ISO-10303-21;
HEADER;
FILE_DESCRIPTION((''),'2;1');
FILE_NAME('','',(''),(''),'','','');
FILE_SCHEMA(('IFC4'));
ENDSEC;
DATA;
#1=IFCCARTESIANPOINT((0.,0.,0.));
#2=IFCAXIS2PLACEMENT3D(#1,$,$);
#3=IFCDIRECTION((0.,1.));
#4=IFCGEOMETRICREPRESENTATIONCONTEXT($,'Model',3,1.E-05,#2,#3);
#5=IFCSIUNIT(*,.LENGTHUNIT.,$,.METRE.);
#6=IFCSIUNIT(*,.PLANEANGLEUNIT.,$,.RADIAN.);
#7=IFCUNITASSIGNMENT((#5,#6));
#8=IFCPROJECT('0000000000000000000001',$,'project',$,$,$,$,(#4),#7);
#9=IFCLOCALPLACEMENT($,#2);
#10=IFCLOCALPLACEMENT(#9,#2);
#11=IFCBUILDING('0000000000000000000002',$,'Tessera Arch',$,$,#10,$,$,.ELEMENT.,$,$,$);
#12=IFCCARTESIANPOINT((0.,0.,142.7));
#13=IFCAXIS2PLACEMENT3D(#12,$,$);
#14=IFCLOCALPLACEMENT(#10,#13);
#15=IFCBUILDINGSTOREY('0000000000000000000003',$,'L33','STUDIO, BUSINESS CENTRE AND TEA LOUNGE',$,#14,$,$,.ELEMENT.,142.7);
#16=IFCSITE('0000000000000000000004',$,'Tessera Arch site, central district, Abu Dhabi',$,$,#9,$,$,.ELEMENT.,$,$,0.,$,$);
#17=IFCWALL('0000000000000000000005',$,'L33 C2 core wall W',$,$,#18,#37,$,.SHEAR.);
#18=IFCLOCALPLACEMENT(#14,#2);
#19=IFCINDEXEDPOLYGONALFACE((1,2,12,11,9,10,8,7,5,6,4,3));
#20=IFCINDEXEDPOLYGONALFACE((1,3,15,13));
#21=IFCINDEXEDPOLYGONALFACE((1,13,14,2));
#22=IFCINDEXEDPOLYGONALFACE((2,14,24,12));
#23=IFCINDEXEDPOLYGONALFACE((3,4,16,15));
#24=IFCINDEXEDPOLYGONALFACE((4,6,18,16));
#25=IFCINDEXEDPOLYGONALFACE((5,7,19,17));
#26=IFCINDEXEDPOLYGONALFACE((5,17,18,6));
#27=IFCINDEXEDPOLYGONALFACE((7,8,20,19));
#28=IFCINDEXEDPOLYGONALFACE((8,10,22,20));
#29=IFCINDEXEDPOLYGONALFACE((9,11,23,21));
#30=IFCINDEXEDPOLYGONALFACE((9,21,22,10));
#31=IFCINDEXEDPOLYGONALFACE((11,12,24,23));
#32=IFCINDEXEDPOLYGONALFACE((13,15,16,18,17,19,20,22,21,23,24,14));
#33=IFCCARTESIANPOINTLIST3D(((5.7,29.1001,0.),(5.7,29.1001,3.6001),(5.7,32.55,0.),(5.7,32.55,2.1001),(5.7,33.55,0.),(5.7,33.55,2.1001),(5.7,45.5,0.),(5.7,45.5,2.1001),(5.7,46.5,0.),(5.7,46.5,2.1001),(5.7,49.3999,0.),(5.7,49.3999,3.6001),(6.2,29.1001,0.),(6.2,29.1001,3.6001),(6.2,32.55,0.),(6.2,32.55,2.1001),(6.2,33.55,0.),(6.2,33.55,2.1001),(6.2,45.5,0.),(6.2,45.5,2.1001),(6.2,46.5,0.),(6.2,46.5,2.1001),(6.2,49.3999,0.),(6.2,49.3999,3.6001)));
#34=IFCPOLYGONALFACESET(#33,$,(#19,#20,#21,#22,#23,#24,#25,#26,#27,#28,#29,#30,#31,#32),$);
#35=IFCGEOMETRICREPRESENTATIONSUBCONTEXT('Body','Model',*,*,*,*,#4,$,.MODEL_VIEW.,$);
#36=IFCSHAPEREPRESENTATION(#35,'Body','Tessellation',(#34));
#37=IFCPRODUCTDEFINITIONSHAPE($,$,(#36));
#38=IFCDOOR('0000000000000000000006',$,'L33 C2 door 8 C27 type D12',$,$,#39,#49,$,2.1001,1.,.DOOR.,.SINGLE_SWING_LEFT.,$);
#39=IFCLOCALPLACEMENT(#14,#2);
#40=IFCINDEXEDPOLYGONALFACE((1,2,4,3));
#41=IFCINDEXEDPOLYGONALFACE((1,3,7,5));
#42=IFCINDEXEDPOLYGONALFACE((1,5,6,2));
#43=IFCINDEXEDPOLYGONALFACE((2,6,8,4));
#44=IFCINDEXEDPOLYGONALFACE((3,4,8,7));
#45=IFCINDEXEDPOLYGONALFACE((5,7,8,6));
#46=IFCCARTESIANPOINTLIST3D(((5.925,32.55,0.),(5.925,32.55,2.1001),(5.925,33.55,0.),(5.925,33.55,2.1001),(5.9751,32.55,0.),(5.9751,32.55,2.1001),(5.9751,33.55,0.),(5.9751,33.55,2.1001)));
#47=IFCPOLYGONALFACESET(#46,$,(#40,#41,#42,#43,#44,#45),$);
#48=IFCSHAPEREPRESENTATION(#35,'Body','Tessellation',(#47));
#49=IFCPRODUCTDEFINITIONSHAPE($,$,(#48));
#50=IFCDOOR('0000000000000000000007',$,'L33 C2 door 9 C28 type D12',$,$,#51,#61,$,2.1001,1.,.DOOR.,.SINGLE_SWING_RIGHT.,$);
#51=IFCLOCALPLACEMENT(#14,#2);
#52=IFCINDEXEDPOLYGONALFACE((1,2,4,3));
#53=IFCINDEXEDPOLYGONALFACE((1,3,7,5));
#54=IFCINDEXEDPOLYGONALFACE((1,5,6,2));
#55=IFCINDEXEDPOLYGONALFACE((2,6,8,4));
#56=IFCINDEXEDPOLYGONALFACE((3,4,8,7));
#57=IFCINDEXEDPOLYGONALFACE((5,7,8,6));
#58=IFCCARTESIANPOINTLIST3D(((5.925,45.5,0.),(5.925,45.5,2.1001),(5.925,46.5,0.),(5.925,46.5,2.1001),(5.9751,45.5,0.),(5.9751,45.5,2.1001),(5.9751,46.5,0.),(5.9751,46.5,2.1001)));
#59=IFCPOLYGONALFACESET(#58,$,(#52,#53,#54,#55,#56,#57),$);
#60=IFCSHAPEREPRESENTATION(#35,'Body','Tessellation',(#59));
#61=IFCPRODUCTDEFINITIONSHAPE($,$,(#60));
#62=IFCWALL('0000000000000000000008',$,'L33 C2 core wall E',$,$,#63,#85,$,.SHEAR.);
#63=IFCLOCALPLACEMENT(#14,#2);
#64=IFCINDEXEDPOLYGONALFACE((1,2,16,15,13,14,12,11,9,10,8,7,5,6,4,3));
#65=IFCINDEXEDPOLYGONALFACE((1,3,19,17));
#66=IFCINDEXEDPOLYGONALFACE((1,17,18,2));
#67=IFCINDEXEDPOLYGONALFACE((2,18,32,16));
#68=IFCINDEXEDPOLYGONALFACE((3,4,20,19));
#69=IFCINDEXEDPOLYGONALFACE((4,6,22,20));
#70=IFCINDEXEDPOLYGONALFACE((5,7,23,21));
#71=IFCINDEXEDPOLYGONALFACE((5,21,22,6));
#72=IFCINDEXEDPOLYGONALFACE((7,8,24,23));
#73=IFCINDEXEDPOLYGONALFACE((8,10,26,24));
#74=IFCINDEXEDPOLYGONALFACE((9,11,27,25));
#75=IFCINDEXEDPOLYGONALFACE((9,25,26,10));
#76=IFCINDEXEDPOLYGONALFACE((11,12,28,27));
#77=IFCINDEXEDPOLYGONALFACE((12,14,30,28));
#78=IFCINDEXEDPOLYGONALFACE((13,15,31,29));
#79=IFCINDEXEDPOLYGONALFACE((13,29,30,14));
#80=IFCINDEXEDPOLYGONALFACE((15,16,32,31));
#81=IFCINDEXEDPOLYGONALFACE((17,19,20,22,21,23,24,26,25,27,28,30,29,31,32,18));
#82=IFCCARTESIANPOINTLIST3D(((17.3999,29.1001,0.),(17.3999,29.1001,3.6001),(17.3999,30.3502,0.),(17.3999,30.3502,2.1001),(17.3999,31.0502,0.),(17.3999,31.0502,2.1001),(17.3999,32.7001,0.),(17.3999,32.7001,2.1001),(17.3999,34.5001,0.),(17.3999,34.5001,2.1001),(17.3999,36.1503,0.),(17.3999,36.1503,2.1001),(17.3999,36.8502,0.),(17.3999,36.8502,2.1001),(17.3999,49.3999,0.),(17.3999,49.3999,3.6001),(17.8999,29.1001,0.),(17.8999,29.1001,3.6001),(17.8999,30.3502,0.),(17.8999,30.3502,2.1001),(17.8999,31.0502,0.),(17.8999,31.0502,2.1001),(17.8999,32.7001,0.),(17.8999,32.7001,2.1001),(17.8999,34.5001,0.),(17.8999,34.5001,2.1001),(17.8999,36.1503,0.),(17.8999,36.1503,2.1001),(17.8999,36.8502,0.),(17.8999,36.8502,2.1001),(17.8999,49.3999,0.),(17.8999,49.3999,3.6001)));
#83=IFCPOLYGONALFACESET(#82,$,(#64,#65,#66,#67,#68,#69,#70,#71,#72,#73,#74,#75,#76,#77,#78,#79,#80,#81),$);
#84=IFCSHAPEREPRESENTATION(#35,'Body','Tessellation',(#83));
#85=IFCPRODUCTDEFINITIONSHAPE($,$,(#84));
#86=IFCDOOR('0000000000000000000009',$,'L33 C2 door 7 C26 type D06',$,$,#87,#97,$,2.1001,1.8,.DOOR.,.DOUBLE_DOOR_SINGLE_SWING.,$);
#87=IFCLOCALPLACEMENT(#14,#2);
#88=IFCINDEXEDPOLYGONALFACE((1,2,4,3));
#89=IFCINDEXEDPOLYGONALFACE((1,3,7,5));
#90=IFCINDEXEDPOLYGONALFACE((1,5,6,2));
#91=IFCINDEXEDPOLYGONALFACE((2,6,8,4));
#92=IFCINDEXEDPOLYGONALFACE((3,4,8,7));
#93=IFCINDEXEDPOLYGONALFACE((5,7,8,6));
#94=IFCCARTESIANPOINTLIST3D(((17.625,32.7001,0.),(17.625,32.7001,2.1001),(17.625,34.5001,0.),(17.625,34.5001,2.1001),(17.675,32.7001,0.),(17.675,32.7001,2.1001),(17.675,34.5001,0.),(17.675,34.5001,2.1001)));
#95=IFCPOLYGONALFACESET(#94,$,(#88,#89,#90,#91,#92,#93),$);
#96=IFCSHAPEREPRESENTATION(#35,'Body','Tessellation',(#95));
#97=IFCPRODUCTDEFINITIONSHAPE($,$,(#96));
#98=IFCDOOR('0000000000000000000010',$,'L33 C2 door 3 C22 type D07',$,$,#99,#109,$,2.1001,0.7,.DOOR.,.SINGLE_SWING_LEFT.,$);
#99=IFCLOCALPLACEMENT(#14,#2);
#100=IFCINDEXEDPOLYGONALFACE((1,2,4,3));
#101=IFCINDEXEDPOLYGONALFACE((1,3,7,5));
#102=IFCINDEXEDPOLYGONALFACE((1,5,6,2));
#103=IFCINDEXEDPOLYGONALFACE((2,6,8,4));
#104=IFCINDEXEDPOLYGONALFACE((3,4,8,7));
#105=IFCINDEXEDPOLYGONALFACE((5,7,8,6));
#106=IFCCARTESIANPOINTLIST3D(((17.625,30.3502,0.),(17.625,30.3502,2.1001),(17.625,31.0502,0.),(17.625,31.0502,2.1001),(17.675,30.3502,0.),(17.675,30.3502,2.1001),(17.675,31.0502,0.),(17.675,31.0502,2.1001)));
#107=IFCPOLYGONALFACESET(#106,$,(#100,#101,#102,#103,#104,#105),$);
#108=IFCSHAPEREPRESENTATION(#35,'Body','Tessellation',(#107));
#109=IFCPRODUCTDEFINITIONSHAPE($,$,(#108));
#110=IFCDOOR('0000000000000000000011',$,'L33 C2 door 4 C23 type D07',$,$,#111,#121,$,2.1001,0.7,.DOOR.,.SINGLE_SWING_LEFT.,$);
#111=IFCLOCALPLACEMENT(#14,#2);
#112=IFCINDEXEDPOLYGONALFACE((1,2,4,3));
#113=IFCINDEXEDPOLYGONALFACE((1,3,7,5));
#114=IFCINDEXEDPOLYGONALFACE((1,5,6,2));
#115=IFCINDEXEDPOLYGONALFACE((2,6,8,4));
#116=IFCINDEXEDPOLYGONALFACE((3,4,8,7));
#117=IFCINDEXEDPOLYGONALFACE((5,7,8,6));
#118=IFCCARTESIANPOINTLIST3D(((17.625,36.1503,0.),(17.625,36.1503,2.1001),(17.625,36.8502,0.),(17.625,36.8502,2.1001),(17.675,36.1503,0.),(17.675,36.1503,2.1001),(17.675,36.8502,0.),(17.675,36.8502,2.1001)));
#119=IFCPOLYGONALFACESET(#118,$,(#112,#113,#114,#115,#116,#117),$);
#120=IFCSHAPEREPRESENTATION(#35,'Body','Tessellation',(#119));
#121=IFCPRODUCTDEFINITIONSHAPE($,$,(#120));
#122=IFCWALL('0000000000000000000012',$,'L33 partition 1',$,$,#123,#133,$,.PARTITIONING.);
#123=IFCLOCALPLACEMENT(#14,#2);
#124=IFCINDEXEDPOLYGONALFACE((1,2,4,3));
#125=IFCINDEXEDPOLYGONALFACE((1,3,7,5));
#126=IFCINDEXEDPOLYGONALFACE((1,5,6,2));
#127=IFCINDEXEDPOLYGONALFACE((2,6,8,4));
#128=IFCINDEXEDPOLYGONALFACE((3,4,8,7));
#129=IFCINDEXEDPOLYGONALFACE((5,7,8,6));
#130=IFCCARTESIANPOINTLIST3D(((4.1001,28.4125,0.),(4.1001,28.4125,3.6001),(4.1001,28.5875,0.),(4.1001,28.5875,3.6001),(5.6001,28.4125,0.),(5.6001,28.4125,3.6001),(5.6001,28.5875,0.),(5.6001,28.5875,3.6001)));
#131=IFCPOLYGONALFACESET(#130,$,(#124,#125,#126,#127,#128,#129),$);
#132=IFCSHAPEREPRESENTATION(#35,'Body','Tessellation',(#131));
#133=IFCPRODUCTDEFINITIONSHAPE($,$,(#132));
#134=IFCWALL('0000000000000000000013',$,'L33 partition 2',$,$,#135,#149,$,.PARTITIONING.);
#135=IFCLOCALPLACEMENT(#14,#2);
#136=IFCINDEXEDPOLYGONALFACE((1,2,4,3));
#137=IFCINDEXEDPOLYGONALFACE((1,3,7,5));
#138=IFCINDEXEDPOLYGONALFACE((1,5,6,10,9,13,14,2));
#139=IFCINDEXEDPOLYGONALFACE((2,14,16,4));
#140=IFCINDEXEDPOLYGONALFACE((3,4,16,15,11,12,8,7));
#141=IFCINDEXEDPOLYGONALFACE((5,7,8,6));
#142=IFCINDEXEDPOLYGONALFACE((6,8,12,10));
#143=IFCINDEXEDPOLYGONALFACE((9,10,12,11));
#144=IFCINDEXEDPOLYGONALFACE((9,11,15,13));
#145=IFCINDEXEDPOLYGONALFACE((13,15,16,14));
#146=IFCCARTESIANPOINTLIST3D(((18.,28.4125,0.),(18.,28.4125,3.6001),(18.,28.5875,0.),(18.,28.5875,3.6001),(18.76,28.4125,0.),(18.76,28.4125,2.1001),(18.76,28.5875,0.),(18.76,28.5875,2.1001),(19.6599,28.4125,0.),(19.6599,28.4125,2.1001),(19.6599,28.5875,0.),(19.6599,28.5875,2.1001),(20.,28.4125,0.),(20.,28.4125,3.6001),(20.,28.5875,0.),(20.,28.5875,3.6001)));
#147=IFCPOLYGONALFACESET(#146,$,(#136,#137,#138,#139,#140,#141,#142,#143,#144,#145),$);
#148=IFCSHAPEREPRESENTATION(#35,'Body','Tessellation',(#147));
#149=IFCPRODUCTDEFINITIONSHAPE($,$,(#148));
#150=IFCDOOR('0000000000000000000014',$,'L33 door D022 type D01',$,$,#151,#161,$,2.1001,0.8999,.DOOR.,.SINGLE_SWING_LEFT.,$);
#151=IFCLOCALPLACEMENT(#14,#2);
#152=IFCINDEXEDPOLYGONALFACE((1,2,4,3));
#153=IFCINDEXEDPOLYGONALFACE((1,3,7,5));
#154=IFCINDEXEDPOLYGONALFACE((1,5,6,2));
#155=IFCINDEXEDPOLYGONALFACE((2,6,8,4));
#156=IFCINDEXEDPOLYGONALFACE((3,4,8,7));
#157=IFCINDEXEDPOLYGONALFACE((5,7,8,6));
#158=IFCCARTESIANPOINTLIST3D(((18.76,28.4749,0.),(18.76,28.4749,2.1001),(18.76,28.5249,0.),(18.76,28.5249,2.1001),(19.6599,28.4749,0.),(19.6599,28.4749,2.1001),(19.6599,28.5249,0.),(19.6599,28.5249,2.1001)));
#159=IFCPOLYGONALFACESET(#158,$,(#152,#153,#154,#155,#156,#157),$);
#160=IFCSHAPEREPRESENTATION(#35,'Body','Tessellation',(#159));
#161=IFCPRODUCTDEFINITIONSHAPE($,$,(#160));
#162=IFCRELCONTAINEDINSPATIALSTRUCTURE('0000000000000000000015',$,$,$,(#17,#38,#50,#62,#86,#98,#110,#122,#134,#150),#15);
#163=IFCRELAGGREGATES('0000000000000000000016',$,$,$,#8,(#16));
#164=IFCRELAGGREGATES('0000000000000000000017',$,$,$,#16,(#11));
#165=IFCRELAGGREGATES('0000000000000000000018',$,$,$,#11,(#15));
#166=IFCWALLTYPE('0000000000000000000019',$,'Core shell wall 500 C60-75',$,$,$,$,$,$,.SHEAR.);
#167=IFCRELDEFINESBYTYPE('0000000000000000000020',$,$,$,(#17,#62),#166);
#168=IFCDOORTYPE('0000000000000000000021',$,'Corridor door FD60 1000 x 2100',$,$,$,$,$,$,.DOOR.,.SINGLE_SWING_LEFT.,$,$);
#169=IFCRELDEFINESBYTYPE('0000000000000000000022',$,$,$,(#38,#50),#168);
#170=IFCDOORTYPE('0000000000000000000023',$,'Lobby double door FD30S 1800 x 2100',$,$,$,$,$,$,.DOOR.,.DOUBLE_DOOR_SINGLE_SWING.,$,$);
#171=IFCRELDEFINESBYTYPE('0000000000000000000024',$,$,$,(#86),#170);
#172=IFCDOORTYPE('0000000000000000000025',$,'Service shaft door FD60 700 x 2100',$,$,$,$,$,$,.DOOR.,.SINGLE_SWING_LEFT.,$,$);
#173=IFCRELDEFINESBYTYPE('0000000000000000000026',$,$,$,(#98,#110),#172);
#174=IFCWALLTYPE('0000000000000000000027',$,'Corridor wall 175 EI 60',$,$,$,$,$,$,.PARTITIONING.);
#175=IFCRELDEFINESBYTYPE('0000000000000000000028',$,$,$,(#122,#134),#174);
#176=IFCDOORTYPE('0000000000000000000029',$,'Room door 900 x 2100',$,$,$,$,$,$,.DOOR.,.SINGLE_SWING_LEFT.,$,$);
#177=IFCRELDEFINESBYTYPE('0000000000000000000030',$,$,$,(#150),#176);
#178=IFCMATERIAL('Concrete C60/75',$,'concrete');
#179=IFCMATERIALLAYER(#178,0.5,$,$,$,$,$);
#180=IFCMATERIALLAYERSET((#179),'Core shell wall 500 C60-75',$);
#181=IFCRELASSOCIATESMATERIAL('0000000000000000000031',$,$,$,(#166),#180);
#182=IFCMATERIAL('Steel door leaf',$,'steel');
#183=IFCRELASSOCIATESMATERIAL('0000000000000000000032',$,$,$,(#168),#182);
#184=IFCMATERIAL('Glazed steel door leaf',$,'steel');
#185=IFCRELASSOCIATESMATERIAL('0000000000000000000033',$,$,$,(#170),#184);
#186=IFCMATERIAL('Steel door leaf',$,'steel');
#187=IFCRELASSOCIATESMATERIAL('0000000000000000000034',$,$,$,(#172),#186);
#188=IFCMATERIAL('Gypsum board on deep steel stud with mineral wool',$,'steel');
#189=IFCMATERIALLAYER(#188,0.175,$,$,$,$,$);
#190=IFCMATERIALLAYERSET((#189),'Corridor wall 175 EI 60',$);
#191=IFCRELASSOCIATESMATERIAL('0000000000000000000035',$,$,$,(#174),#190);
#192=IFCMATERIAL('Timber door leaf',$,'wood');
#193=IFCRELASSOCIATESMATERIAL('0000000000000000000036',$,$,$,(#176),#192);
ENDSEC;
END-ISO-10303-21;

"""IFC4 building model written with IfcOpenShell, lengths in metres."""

from ifc_helpers import new_model, si_unit, direction, frame, frame_2d, origin, place, context, subcontext, project, spatial, rectangle, extrude, material, layer, layer_set, type_object, element, fill, save


model = new_model("IFC4")

# Units and contexts
model_context = context("Model", 3, precision=1e-05, world=origin(), true_north=direction((0.0, 1.0)))
body_context = subcontext(model_context, "Body", "Model", "MODEL_VIEW")
ifc_project = project(units=[si_unit("LENGTHUNIT", "METRE"), si_unit("PLANEANGLEUNIT", "RADIAN")], contexts=[model_context])

# Site, building, storey
site_placement = place(None, origin())
site = spatial("IfcSite", under=ifc_project, at=site_placement, Name="Tessera Arch site, central district, Abu Dhabi", CompositionType="ELEMENT", RefElevation=0.0)
building_placement = place(site_placement, origin())
building = spatial("IfcBuilding", under=site, at=building_placement, Name="Tessera Arch", CompositionType="ELEMENT")
storey_placement = place(building_placement, frame((0.0, 0.0, 142.7)))
storey = spatial("IfcBuildingStorey", under=building, at=storey_placement, Name="L33", Description="STUDIO, BUSINESS CENTRE AND TEA LOUNGE", CompositionType="ELEMENT", Elevation=142.7)

# Shared definitions
ifc_material_1 = material(Name="Concrete C60/75", Category="concrete")
ifc_layer_1 = layer(ifc_material_1, 0.5)
ifc_layer_set_1 = layer_set([ifc_layer_1], Name="Core shell wall 500 C60-75")
wall_type_1 = type_object("IfcWallType", Name="Core shell wall 500 C60-75", PredefinedType="SHEAR", material=ifc_layer_set_1)

# Walls, openings, doors
wall_1_placement = place(storey_placement, frame((5.95, 29.1001, 0.0), z_axis=(0.0, 0.0, 1.0), x_axis=(0.0, 1.0, 0.0)))
wall_1 = element("IfcWall", 1, at=wall_1_placement, inside=storey, type_object=wall_type_1, Name="L33 C2 core wall W", PredefinedType="SHEAR", context=body_context, shape_type="SweptSolid", body=[
    extrude(rectangle(XDim=20.2998, YDim=0.5, at=frame_2d((10.1499, 0.0))), origin(), (0.0, 0.0, 1.0), 3.6001),
])
opening_1_placement = place(wall_1_placement, frame((3.45, 0.0, 0.0)))
opening_1 = element("IfcOpeningElement", 2, at=opening_1_placement, cuts=wall_1, PredefinedType="OPENING", context=body_context, shape_type="SweptSolid", body=[
    extrude(rectangle(XDim=1.0, YDim=2.1001, at=frame_2d((0.5, 1.05))), frame((0.0, 0.26, 0.0), z_axis=(0.0, -1.0, 0.0), x_axis=(1.0, 0.0, 0.0)), (0.0, 0.0, 1.0), 0.52),
])
opening_2_placement = place(wall_1_placement, frame((16.3999, 0.0, 0.0)))
opening_2 = element("IfcOpeningElement", 3, at=opening_2_placement, cuts=wall_1, PredefinedType="OPENING", context=body_context, shape_type="SweptSolid", body=[
    extrude(rectangle(XDim=1.0, YDim=2.1001, at=frame_2d((0.5, 1.05))), frame((0.0, 0.26, 0.0), z_axis=(0.0, -1.0, 0.0), x_axis=(1.0, 0.0, 0.0)), (0.0, 0.0, 1.0), 0.52),
])
ifc_material_2 = material(Name="Steel door leaf", Category="steel")
door_type_1 = type_object("IfcDoorType", Name="Corridor door FD60 1000 x 2100", OperationType="SINGLE_SWING_LEFT", PredefinedType="DOOR", material=ifc_material_2)
door_1_placement = place(opening_1_placement, origin())
door_1 = element("IfcDoor", 4, at=door_1_placement, inside=storey, type_object=door_type_1, Name="L33 C2 door 8 C27 type D12", OperationType="SINGLE_SWING_LEFT", OverallHeight=2.1001, OverallWidth=1.0, PredefinedType="DOOR", context=body_context, shape_type="SweptSolid", body=[
    extrude(rectangle(XDim=1.0, YDim=2.1001, at=frame_2d((0.5, 1.05))), frame((0.0, 0.0249, 0.0), z_axis=(0.0, -1.0, 0.0), x_axis=(1.0, 0.0, 0.0)), (0.0, 0.0, 1.0), 0.05),
])
fill(opening_1, door_1)
door_2_placement = place(opening_2_placement, origin())
door_2 = element("IfcDoor", 5, at=door_2_placement, inside=storey, type_object=door_type_1, Name="L33 C2 door 9 C28 type D12", OperationType="SINGLE_SWING_RIGHT", OverallHeight=2.1001, OverallWidth=1.0, PredefinedType="DOOR", context=body_context, shape_type="SweptSolid", body=[
    extrude(rectangle(XDim=1.0, YDim=2.1001, at=frame_2d((0.5, 1.05))), frame((0.0, 0.0249, 0.0), z_axis=(0.0, -1.0, 0.0), x_axis=(1.0, 0.0, 0.0)), (0.0, 0.0, 1.0), 0.05),
])
fill(opening_2, door_2)
wall_2_placement = place(storey_placement, frame((17.6499, 29.1001, 0.0), z_axis=(0.0, 0.0, 1.0), x_axis=(0.0, 1.0, 0.0)))
wall_2 = element("IfcWall", 6, at=wall_2_placement, inside=storey, type_object=wall_type_1, Name="L33 C2 core wall E", PredefinedType="SHEAR", context=body_context, shape_type="SweptSolid", body=[
    extrude(rectangle(XDim=20.2998, YDim=0.5, at=frame_2d((10.1499, 0.0))), origin(), (0.0, 0.0, 1.0), 3.6001),
])
opening_3_placement = place(wall_2_placement, frame((1.25, 0.0, 0.0)))
opening_3 = element("IfcOpeningElement", 7, at=opening_3_placement, cuts=wall_2, PredefinedType="OPENING", context=body_context, shape_type="SweptSolid", body=[
    extrude(rectangle(XDim=0.7, YDim=2.1001, at=frame_2d((0.3501, 1.05))), frame((0.0, 0.26, 0.0), z_axis=(0.0, -1.0, 0.0), x_axis=(1.0, 0.0, 0.0)), (0.0, 0.0, 1.0), 0.52),
])
opening_4_placement = place(wall_2_placement, frame((7.05, 0.0, 0.0)))
opening_4 = element("IfcOpeningElement", 8, at=opening_4_placement, cuts=wall_2, PredefinedType="OPENING", context=body_context, shape_type="SweptSolid", body=[
    extrude(rectangle(XDim=0.7, YDim=2.1001, at=frame_2d((0.3501, 1.05))), frame((0.0, 0.26, 0.0), z_axis=(0.0, -1.0, 0.0), x_axis=(1.0, 0.0, 0.0)), (0.0, 0.0, 1.0), 0.52),
])
opening_5_placement = place(wall_2_placement, frame((3.6001, 0.0, 0.0)))
opening_5 = element("IfcOpeningElement", 9, at=opening_5_placement, cuts=wall_2, PredefinedType="OPENING", context=body_context, shape_type="SweptSolid", body=[
    extrude(rectangle(XDim=1.8, YDim=2.1001, at=frame_2d((0.8999, 1.05))), frame((0.0, 0.26, 0.0), z_axis=(0.0, -1.0, 0.0), x_axis=(1.0, 0.0, 0.0)), (0.0, 0.0, 1.0), 0.52),
])
ifc_material_3 = material(Name="Glazed steel door leaf", Category="steel")
door_type_2 = type_object("IfcDoorType", Name="Lobby double door FD30S 1800 x 2100", OperationType="DOUBLE_DOOR_SINGLE_SWING", PredefinedType="DOOR", material=ifc_material_3)
door_3_placement = place(opening_5_placement, origin())
door_3 = element("IfcDoor", 10, at=door_3_placement, inside=storey, type_object=door_type_2, Name="L33 C2 door 7 C26 type D06", OperationType="DOUBLE_DOOR_SINGLE_SWING", OverallHeight=2.1001, OverallWidth=1.8, PredefinedType="DOOR", context=body_context, shape_type="SweptSolid", body=[
    extrude(rectangle(XDim=1.8, YDim=2.1001, at=frame_2d((0.8999, 1.05))), frame((0.0, 0.0249, 0.0), z_axis=(0.0, -1.0, 0.0), x_axis=(1.0, 0.0, 0.0)), (0.0, 0.0, 1.0), 0.05),
])
fill(opening_5, door_3)
ifc_material_4 = material(Name="Steel door leaf", Category="steel")
door_type_3 = type_object("IfcDoorType", Name="Service shaft door FD60 700 x 2100", OperationType="SINGLE_SWING_LEFT", PredefinedType="DOOR", material=ifc_material_4)
door_4_placement = place(opening_3_placement, origin())
door_4 = element("IfcDoor", 11, at=door_4_placement, inside=storey, type_object=door_type_3, Name="L33 C2 door 3 C22 type D07", OperationType="SINGLE_SWING_LEFT", OverallHeight=2.1001, OverallWidth=0.7, PredefinedType="DOOR", context=body_context, shape_type="SweptSolid", body=[
    extrude(rectangle(XDim=0.7, YDim=2.1001, at=frame_2d((0.3501, 1.05))), frame((0.0, 0.0249, 0.0), z_axis=(0.0, -1.0, 0.0), x_axis=(1.0, 0.0, 0.0)), (0.0, 0.0, 1.0), 0.05),
])
fill(opening_3, door_4)
door_5_placement = place(opening_4_placement, origin())
door_5 = element("IfcDoor", 12, at=door_5_placement, inside=storey, type_object=door_type_3, Name="L33 C2 door 4 C23 type D07", OperationType="SINGLE_SWING_LEFT", OverallHeight=2.1001, OverallWidth=0.7, PredefinedType="DOOR", context=body_context, shape_type="SweptSolid", body=[
    extrude(rectangle(XDim=0.7, YDim=2.1001, at=frame_2d((0.3501, 1.05))), frame((0.0, 0.0249, 0.0), z_axis=(0.0, -1.0, 0.0), x_axis=(1.0, 0.0, 0.0)), (0.0, 0.0, 1.0), 0.05),
])
fill(opening_4, door_5)

# Wall
ifc_material_5 = material(Name="Gypsum board on deep steel stud with mineral wool", Category="steel")
ifc_layer_2 = layer(ifc_material_5, 0.175)
ifc_layer_set_2 = layer_set([ifc_layer_2], Name="Corridor wall 175 EI 60")
wall_type_2 = type_object("IfcWallType", Name="Corridor wall 175 EI 60", PredefinedType="PARTITIONING", material=ifc_layer_set_2)
wall_3_placement = place(storey_placement, frame((4.1001, 28.5, 0.0), z_axis=(0.0, 0.0, 1.0), x_axis=(1.0, 0.0, 0.0)))
element("IfcWall", 13, at=wall_3_placement, inside=storey, type_object=wall_type_2, Name="L33 partition 1", PredefinedType="PARTITIONING", context=body_context, shape_type="SweptSolid", body=[
    extrude(rectangle(XDim=1.5, YDim=0.175, at=frame_2d((0.75, 0.0))), origin(), (0.0, 0.0, 1.0), 3.6001),
])

# Wall, opening, door
wall_4_placement = place(storey_placement, frame((18.0, 28.5, 0.0), z_axis=(0.0, 0.0, 1.0), x_axis=(1.0, 0.0, 0.0)))
wall_4 = element("IfcWall", 14, at=wall_4_placement, inside=storey, type_object=wall_type_2, Name="L33 partition 2", PredefinedType="PARTITIONING", context=body_context, shape_type="SweptSolid", body=[
    extrude(rectangle(XDim=2.0, YDim=0.175, at=frame_2d((1.0, 0.0))), origin(), (0.0, 0.0, 1.0), 3.6001),
])
opening_6_placement = place(wall_4_placement, frame((0.76, 0.0, 0.0)))
opening_6 = element("IfcOpeningElement", 15, at=opening_6_placement, cuts=wall_4, PredefinedType="OPENING", context=body_context, shape_type="SweptSolid", body=[
    extrude(rectangle(XDim=0.8999, YDim=2.1001, at=frame_2d((0.45, 1.05))), frame((0.0, 0.0974, 0.0), z_axis=(0.0, -1.0, 0.0), x_axis=(1.0, 0.0, 0.0)), (0.0, 0.0, 1.0), 0.1951),
])
ifc_material_6 = material(Name="Timber door leaf", Category="wood")
door_type_4 = type_object("IfcDoorType", Name="Room door 900 x 2100", OperationType="SINGLE_SWING_LEFT", PredefinedType="DOOR", material=ifc_material_6)
door_6_placement = place(opening_6_placement, origin())
door_6 = element("IfcDoor", 16, at=door_6_placement, inside=storey, type_object=door_type_4, Name="L33 door D022 type D01", OperationType="SINGLE_SWING_LEFT", OverallHeight=2.1001, OverallWidth=0.8999, PredefinedType="DOOR", context=body_context, shape_type="SweptSolid", body=[
    extrude(rectangle(XDim=0.8999, YDim=2.1001, at=frame_2d((0.45, 1.05))), frame((0.0, 0.0249, 0.0), z_axis=(0.0, -1.0, 0.0), x_axis=(1.0, 0.0, 0.0)), (0.0, 0.0, 1.0), 0.05),
])
fill(opening_6, door_6)

save(model, "model.ifc")
